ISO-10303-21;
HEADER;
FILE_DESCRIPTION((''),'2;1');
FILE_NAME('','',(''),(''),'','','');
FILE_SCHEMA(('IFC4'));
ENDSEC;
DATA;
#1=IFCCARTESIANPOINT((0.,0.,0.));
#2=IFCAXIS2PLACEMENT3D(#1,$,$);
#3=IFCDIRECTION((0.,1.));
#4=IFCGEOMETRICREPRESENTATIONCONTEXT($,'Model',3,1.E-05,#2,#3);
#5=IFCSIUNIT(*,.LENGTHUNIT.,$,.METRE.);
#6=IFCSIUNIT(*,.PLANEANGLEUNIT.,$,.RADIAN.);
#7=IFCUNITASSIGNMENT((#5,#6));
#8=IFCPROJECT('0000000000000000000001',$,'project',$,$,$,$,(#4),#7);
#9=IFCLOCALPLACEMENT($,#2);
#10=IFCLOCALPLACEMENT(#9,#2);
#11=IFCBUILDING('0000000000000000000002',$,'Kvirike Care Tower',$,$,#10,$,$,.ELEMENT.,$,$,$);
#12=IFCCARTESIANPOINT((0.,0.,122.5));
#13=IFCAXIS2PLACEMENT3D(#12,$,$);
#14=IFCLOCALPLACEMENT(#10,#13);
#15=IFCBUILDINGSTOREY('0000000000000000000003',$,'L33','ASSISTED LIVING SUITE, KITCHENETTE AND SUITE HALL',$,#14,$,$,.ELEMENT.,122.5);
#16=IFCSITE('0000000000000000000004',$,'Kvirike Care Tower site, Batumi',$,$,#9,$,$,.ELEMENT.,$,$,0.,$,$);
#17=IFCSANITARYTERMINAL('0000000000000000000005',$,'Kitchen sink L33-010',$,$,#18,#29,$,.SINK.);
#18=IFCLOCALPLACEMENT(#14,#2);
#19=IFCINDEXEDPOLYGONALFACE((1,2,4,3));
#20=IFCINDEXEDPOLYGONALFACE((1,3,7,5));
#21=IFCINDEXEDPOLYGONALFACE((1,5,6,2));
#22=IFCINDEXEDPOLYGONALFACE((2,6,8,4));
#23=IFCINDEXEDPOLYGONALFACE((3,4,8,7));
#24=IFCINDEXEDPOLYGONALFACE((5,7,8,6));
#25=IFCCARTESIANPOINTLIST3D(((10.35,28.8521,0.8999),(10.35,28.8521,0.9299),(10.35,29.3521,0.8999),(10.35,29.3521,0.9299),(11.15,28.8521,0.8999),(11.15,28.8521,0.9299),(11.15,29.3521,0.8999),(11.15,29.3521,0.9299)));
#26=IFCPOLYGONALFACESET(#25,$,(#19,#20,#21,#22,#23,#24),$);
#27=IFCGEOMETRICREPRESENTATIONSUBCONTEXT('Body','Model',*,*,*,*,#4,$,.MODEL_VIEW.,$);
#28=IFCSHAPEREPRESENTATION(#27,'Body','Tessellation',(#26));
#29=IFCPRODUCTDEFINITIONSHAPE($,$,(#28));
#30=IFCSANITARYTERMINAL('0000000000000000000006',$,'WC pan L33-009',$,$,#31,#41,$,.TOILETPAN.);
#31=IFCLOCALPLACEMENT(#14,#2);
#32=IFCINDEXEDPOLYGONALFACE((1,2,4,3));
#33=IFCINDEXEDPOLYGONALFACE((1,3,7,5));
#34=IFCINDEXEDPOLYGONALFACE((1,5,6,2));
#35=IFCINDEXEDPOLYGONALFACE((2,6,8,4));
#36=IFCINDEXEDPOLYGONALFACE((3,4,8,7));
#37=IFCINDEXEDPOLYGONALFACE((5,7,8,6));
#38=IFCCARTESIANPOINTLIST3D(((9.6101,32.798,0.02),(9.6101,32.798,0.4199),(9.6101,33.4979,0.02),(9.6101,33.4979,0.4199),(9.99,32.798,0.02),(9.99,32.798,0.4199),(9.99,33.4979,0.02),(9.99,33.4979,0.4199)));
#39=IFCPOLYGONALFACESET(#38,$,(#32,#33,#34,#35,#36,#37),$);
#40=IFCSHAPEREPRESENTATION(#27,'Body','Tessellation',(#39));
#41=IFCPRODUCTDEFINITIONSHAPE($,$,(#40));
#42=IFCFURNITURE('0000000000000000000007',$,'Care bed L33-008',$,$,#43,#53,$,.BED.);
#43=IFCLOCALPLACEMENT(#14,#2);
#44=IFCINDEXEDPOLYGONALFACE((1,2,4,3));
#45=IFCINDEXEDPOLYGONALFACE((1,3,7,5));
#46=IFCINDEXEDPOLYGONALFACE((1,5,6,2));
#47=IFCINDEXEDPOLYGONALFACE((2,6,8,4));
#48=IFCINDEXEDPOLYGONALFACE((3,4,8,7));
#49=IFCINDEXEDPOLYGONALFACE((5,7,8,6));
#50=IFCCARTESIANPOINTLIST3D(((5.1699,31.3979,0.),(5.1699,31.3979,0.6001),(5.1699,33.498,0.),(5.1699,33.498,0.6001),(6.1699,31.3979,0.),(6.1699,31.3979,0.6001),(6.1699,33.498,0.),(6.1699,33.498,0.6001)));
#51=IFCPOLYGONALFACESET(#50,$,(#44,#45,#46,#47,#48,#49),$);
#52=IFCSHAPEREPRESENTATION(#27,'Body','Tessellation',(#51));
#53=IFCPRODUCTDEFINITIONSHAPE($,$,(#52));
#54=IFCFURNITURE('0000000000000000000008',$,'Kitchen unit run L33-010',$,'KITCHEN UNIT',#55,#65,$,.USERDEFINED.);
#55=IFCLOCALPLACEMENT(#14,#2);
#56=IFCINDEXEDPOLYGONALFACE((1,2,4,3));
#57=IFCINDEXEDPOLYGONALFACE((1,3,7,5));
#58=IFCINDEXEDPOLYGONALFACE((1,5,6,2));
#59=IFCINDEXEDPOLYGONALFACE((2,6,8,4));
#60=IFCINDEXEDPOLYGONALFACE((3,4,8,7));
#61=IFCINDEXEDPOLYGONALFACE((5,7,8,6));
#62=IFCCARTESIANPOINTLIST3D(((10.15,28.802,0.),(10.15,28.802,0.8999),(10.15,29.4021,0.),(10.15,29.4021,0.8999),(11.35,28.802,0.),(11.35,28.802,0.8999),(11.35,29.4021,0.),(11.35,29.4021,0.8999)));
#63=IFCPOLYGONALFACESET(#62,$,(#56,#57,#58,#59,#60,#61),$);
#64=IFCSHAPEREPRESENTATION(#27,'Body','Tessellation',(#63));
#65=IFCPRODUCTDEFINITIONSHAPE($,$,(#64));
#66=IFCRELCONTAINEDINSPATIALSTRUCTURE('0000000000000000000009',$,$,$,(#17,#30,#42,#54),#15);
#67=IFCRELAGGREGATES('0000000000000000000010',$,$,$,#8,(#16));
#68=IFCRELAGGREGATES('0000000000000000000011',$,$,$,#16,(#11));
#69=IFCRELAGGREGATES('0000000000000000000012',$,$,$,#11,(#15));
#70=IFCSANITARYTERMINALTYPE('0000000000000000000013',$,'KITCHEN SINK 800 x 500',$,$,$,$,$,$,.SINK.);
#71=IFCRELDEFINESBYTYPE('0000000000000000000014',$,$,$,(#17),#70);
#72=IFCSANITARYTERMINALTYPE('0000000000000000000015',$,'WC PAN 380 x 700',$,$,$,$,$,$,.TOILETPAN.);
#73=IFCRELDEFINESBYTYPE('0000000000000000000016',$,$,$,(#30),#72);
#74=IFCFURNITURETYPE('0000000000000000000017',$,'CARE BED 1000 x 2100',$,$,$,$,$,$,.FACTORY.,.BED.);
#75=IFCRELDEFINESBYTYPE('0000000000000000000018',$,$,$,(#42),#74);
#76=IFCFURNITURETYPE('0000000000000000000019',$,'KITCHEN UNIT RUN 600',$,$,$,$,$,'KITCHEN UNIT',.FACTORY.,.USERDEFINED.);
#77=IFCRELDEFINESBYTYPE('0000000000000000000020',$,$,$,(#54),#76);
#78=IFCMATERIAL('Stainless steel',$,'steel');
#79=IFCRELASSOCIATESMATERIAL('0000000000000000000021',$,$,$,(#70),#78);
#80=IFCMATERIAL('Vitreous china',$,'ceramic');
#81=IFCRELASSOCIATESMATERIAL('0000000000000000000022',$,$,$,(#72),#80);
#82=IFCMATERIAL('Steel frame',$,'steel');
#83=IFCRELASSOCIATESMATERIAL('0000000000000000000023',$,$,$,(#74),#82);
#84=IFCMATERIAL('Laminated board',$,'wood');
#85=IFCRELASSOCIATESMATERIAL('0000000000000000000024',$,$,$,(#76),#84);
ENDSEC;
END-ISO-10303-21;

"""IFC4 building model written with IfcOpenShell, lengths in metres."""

from ifc_helpers import new_model, si_unit, direction, frame, origin, origin_2d, place, context, subcontext, project, spatial, rectangle, extrude, material, type_object, element, save


model = new_model("IFC4")

# Units and contexts
model_context = context("Model", 3, precision=1e-05, world=origin(), true_north=direction((0.0, 1.0)))
body_context = subcontext(model_context, "Body", "Model", "MODEL_VIEW")
ifc_project = project(units=[si_unit("LENGTHUNIT", "METRE"), si_unit("PLANEANGLEUNIT", "RADIAN")], contexts=[model_context])

# Site, building, storey
site_placement = place(None, origin())
site = spatial("IfcSite", under=ifc_project, at=site_placement, Name="Kvirike Care Tower site, Batumi", CompositionType="ELEMENT", RefElevation=0.0)
building_placement = place(site_placement, origin())
building = spatial("IfcBuilding", under=site, at=building_placement, Name="Kvirike Care Tower", CompositionType="ELEMENT")
storey_placement = place(building_placement, frame((0.0, 0.0, 122.5)))
storey = spatial("IfcBuildingStorey", under=building, at=storey_placement, Name="L33", Description="ASSISTED LIVING SUITE, KITCHENETTE AND SUITE HALL", CompositionType="ELEMENT", Elevation=122.5)

# Sanitary terminals
ifc_material_1 = material(Name="Stainless steel", Category="steel")
sanitary_terminal_type_1 = type_object("IfcSanitaryTerminalType", Name="KITCHEN SINK 800 x 500", PredefinedType="SINK", material=ifc_material_1)
sanitary_terminal_1_placement = place(storey_placement, frame((10.75, 29.1021, 0.8999), z_axis=(0.0, 0.0, 1.0), x_axis=(-1.0, 0.0, 0.0)))
element("IfcSanitaryTerminal", 1, at=sanitary_terminal_1_placement, inside=storey, type_object=sanitary_terminal_type_1, Name="Kitchen sink L33-010", PredefinedType="SINK", context=body_context, shape_type="SweptSolid", body=[
    extrude(rectangle(XDim=0.8, YDim=0.5, at=origin_2d()), origin(), (0.0, 0.0, 1.0), 0.03),
])
ifc_material_2 = material(Name="Vitreous china", Category="ceramic")
sanitary_terminal_type_2 = type_object("IfcSanitaryTerminalType", Name="WC PAN 380 x 700", PredefinedType="TOILETPAN", material=ifc_material_2)
sanitary_terminal_2_placement = place(storey_placement, frame((9.8, 33.1479, 0.02), z_axis=(0.0, 0.0, 1.0), x_axis=(1.0, 0.0, 0.0)))
element("IfcSanitaryTerminal", 2, at=sanitary_terminal_2_placement, inside=storey, type_object=sanitary_terminal_type_2, Name="WC pan L33-009", PredefinedType="TOILETPAN", context=body_context, shape_type="SweptSolid", body=[
    extrude(rectangle(XDim=0.3799, YDim=0.7, at=origin_2d()), origin(), (0.0, 0.0, 1.0), 0.3999),
])

# Furniture
ifc_material_3 = material(Name="Steel frame", Category="steel")
furniture_type_1 = type_object("IfcFurnitureType", Name="CARE BED 1000 x 2100", AssemblyPlace="FACTORY", PredefinedType="BED", material=ifc_material_3)
furniture_1_placement = place(storey_placement, frame((5.6699, 32.448, 0.0), z_axis=(0.0, 0.0, 1.0), x_axis=(1.0, 0.0, 0.0)))
element("IfcFurniture", 3, at=furniture_1_placement, inside=storey, type_object=furniture_type_1, Name="Care bed L33-008", PredefinedType="BED", context=body_context, shape_type="SweptSolid", body=[
    extrude(rectangle(XDim=1.0, YDim=2.1001, at=origin_2d()), origin(), (0.0, 0.0, 1.0), 0.6001),
])
ifc_material_4 = material(Name="Laminated board", Category="wood")
furniture_type_2 = type_object("IfcFurnitureType", Name="KITCHEN UNIT RUN 600", ElementType="KITCHEN UNIT", AssemblyPlace="FACTORY", PredefinedType="USERDEFINED", material=ifc_material_4)
furniture_2_placement = place(storey_placement, frame((10.75, 29.1021, 0.0), z_axis=(0.0, 0.0, 1.0), x_axis=(-1.0, 0.0, 0.0)))
element("IfcFurniture", 4, at=furniture_2_placement, inside=storey, type_object=furniture_type_2, Name="Kitchen unit run L33-010", ObjectType="KITCHEN UNIT", PredefinedType="USERDEFINED", context=body_context, shape_type="SweptSolid", body=[
    extrude(rectangle(XDim=1.2, YDim=0.6001, at=origin_2d()), origin(), (0.0, 0.0, 1.0), 0.8999),
])

save(model, "model.ifc")
